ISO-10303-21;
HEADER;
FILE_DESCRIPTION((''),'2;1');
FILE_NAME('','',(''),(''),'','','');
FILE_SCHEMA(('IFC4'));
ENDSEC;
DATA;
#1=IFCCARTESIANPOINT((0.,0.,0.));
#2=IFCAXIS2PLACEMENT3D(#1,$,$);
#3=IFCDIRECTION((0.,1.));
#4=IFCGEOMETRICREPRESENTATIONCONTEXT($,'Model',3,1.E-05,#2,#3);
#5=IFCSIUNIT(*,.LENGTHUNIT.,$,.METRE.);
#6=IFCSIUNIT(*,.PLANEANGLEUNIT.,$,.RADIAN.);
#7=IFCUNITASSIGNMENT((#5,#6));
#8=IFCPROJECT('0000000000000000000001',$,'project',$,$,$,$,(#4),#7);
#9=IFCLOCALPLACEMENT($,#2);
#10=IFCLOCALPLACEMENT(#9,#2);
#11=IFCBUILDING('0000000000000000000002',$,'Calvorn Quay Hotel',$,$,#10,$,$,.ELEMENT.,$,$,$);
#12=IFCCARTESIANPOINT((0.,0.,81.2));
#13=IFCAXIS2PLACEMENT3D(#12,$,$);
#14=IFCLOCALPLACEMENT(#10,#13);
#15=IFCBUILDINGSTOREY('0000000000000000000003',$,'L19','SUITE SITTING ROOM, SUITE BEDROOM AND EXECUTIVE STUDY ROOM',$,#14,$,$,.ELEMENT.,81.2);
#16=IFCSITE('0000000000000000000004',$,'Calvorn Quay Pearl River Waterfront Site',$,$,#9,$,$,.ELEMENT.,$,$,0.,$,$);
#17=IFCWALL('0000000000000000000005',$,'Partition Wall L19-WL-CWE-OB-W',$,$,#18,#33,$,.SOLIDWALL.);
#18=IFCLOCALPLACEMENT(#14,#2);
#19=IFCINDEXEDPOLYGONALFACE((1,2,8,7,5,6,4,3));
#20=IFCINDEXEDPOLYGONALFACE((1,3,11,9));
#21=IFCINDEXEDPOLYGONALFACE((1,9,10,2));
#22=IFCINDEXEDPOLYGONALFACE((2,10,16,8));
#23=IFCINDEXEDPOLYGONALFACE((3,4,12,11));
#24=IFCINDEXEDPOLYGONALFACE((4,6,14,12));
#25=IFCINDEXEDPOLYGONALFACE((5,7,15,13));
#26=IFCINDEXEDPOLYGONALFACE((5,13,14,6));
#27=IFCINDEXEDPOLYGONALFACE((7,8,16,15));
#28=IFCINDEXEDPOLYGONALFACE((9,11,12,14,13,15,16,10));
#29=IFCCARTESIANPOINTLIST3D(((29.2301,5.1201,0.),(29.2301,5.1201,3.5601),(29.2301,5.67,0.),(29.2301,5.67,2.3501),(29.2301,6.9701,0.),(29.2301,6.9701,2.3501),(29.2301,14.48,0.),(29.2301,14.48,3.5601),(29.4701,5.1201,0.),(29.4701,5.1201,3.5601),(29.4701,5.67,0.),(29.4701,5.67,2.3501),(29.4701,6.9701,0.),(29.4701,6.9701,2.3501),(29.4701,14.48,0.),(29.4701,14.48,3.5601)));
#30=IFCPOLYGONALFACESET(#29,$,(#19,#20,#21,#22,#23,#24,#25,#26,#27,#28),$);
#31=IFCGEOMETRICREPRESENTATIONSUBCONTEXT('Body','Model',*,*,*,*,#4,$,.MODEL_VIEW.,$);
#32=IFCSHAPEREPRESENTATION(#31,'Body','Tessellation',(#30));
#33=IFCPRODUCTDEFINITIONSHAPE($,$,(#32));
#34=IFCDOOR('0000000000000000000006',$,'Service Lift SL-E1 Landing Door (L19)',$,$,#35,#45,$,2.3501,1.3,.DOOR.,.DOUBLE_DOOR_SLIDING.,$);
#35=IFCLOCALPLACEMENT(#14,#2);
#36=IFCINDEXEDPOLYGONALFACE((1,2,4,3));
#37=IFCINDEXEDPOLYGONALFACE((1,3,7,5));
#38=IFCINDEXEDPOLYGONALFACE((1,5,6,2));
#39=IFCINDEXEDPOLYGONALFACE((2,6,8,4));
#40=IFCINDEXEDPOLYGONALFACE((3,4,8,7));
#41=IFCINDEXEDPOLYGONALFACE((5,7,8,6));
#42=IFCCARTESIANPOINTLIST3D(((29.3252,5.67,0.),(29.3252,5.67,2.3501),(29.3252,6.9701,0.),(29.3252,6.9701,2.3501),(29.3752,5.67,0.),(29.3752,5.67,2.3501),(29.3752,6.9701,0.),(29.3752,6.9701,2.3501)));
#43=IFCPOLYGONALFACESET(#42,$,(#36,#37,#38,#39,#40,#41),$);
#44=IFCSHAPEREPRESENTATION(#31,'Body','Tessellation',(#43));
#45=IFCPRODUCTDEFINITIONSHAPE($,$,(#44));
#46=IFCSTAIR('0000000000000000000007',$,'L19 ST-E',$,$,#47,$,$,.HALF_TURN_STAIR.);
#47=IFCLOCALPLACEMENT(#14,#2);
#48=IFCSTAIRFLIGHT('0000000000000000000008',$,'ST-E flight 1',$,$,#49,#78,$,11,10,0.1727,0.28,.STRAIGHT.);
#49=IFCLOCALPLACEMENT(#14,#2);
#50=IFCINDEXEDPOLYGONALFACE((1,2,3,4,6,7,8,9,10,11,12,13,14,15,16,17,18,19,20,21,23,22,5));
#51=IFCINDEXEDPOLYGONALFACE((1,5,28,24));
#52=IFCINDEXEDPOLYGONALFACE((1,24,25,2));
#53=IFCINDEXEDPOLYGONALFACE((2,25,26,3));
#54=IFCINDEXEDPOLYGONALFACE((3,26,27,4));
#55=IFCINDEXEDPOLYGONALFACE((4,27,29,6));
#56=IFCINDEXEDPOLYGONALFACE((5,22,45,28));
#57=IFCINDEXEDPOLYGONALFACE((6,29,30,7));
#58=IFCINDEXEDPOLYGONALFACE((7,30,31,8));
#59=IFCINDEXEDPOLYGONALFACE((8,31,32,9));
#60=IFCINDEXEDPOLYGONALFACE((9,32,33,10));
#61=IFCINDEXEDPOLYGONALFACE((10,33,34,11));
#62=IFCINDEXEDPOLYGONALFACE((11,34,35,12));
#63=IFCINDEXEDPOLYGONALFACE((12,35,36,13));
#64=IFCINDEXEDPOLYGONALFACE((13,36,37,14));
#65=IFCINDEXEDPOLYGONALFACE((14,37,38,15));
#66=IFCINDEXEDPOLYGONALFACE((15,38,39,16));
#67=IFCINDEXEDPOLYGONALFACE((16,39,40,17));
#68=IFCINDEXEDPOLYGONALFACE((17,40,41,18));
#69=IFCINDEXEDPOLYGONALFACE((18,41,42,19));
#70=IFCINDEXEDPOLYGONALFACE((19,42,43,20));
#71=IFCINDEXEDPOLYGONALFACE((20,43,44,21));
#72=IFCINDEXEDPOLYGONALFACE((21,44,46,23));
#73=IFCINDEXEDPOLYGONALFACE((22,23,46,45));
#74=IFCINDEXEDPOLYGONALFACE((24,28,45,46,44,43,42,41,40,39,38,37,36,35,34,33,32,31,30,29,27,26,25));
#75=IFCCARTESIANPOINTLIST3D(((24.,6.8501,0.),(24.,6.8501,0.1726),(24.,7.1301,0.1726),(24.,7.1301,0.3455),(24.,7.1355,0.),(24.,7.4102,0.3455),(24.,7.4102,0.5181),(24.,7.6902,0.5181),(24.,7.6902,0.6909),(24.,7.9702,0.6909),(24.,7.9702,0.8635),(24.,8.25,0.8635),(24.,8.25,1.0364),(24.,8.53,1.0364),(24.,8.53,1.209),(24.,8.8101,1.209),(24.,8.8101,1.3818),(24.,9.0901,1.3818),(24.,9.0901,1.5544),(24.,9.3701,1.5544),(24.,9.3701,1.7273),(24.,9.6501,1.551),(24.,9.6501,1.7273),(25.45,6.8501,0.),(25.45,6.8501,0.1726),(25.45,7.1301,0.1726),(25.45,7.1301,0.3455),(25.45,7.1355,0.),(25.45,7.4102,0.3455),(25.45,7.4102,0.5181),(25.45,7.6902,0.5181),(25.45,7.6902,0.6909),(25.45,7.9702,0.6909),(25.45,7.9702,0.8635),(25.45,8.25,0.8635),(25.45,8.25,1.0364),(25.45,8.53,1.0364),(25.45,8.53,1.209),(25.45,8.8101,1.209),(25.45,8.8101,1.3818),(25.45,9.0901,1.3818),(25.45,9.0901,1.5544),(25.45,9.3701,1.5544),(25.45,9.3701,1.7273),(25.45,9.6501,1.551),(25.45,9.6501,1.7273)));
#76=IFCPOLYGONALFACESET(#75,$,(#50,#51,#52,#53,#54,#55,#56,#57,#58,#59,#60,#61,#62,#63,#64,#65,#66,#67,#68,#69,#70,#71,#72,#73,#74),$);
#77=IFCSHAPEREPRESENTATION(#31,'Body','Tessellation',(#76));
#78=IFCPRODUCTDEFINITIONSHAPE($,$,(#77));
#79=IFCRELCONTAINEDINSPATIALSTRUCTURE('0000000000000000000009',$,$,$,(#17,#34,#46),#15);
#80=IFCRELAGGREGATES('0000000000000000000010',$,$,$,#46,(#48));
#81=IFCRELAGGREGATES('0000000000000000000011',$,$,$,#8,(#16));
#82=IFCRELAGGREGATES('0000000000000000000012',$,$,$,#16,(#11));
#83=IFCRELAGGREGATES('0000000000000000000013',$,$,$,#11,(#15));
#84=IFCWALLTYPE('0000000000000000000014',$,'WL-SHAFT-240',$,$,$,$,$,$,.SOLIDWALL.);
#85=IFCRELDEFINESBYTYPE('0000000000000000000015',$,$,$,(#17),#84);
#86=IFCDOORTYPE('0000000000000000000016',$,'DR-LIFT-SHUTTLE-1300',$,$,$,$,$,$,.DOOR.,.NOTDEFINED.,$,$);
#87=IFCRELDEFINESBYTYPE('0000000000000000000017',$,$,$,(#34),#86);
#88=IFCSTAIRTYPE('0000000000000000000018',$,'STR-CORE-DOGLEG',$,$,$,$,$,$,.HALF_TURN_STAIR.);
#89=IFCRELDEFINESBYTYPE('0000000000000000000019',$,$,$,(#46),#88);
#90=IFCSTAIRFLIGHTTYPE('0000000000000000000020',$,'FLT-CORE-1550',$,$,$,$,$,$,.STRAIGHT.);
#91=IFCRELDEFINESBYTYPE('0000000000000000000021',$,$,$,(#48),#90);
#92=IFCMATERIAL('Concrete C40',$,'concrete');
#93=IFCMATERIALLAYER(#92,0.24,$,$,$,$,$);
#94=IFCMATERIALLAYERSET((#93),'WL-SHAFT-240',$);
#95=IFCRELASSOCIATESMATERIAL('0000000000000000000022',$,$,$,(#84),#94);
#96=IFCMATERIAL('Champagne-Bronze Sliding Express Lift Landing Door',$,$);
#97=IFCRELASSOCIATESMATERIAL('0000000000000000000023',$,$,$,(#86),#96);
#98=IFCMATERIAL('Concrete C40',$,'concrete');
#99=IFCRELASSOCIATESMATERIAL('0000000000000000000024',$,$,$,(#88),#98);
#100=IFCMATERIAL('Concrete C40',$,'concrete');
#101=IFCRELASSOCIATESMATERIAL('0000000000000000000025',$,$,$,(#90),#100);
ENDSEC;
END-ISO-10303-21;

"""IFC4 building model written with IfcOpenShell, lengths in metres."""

from ifc_helpers import new_model, si_unit, direction, frame, frame_2d, origin, place, context, subcontext, project, spatial, polyline, rectangle, outline, extrude, material, layer, layer_set, type_object, element, fill, aggregate, save


model = new_model("IFC4")

# Units and contexts
model_context = context("Model", 3, precision=1e-05, world=origin(), true_north=direction((0.0, 1.0)))
body_context = subcontext(model_context, "Body", "Model", "MODEL_VIEW")
ifc_project = project(units=[si_unit("LENGTHUNIT", "METRE"), si_unit("PLANEANGLEUNIT", "RADIAN")], contexts=[model_context])

# Site, building, storey
site_placement = place(None, origin())
site = spatial("IfcSite", under=ifc_project, at=site_placement, Name="Calvorn Quay Pearl River Waterfront Site", CompositionType="ELEMENT", RefElevation=0.0)
building_placement = place(site_placement, origin())
building = spatial("IfcBuilding", under=site, at=building_placement, Name="Calvorn Quay Hotel", CompositionType="ELEMENT")
storey_placement = place(building_placement, frame((0.0, 0.0, 81.2)))
storey = spatial("IfcBuildingStorey", under=building, at=storey_placement, Name="L19", Description="SUITE SITTING ROOM, SUITE BEDROOM AND EXECUTIVE STUDY ROOM", CompositionType="ELEMENT", Elevation=81.2)

# Shared definitions
ifc_material_1 = material(Name="Concrete C40", Category="concrete")
ifc_layer_1 = layer(ifc_material_1, 0.24)
ifc_layer_set_1 = layer_set([ifc_layer_1], Name="WL-SHAFT-240")
wall_type_1 = type_object("IfcWallType", Name="WL-SHAFT-240", PredefinedType="SOLIDWALL", material=ifc_layer_set_1)

# Shared definitions
ifc_material_2 = material(Name="Champagne-Bronze Sliding Express Lift Landing Door")
door_type_1 = type_object("IfcDoorType", Name="DR-LIFT-SHUTTLE-1300", OperationType="NOTDEFINED", PredefinedType="DOOR", material=ifc_material_2)

# Wall, opening, door
wall_1_placement = place(storey_placement, frame((29.3501, 5.1201, 0.0), z_axis=(0.0, 0.0, 1.0), x_axis=(0.0, 1.0, 0.0)))
wall_1 = element("IfcWall", 1, at=wall_1_placement, inside=storey, type_object=wall_type_1, Name="Partition Wall L19-WL-CWE-OB-W", PredefinedType="SOLIDWALL", context=body_context, shape_type="SweptSolid", body=[
    extrude(rectangle(XDim=9.3599, YDim=0.24, at=frame_2d((4.6799, 0.0))), origin(), (0.0, 0.0, 1.0), 3.5601),
])
opening_1_placement = place(wall_1_placement, frame((0.55, 0.0, 0.0)))
opening_1 = element("IfcOpeningElement", 2, at=opening_1_placement, cuts=wall_1, PredefinedType="OPENING", context=body_context, shape_type="SweptSolid", body=[
    extrude(rectangle(XDim=1.3, YDim=2.3501, at=frame_2d((0.6499, 1.175))), frame((0.0, 0.1299, 0.0), z_axis=(0.0, -1.0, 0.0), x_axis=(1.0, 0.0, 0.0)), (0.0, 0.0, 1.0), 0.26),
])
door_1_placement = place(opening_1_placement, origin())
door_1 = element("IfcDoor", 3, at=door_1_placement, inside=storey, type_object=door_type_1, Name="Service Lift SL-E1 Landing Door (L19)", OperationType="DOUBLE_DOOR_SLIDING", OverallHeight=2.3501, OverallWidth=1.3, PredefinedType="DOOR", context=body_context, shape_type="SweptSolid", body=[
    extrude(rectangle(XDim=1.3, YDim=2.3501, at=frame_2d((0.6499, 1.175))), frame((0.0, 0.0249, 0.0), z_axis=(0.0, -1.0, 0.0), x_axis=(1.0, 0.0, 0.0)), (0.0, 0.0, 1.0), 0.05),
])
fill(opening_1, door_1)

# Stair, stair flight
ifc_material_3 = material(Name="Concrete C40", Category="concrete")
stair_type = type_object("IfcStairType", Name="STR-CORE-DOGLEG", PredefinedType="HALF_TURN_STAIR", material=ifc_material_3)
stair_placement = place(storey_placement, origin())
stair = element("IfcStair", 4, at=stair_placement, inside=storey, type_object=stair_type, Name="L19 ST-E", PredefinedType="HALF_TURN_STAIR")
ifc_material_4 = material(Name="Concrete C40", Category="concrete")
stair_flight_type = type_object("IfcStairFlightType", Name="FLT-CORE-1550", PredefinedType="STRAIGHT", material=ifc_material_4)
stair_flight_placement = place(storey_placement, frame((24.7251, 6.8501, 0.0), z_axis=(0.0, 0.0, 1.0), x_axis=(0.0, 1.0, 0.0)))
stair_flight = element("IfcStairFlight", 5, at=stair_flight_placement, type_object=stair_flight_type, Name="ST-E flight 1", NumberOfRisers=11, NumberOfTreads=10, PredefinedType="STRAIGHT", RiserHeight=0.1727, TreadLength=0.28, context=body_context, shape_type="SweptSolid", body=[
    extrude(outline(polyline([(0.0, 0.0), (0.0, 0.1726), (0.28, 0.1726), (0.28, 0.3455), (0.5601, 0.3455), (0.5601, 0.5181), (0.8401, 0.5181), (0.8401, 0.6909), (1.1201, 0.6909), (1.1201, 0.8635), (1.3999, 0.8635), (1.3999, 1.0364), (1.6799, 1.0364), (1.6799, 1.209), (1.96, 1.209), (1.96, 1.3818), (2.24, 1.3818), (2.24, 1.5544), (2.52, 1.5544), (2.52, 1.7273), (2.8, 1.7273), (2.8, 1.8999), (2.8, 1.551), (0.2854, 0.0), (0.0, 0.0)])), frame((0.0, 0.7251, 0.0), z_axis=(0.0, -1.0, 0.0), x_axis=(1.0, 0.0, 0.0)), (0.0, 0.0, 1.0), 1.45),
])
aggregate(stair, [stair_flight])

save(model, "model.ifc")
